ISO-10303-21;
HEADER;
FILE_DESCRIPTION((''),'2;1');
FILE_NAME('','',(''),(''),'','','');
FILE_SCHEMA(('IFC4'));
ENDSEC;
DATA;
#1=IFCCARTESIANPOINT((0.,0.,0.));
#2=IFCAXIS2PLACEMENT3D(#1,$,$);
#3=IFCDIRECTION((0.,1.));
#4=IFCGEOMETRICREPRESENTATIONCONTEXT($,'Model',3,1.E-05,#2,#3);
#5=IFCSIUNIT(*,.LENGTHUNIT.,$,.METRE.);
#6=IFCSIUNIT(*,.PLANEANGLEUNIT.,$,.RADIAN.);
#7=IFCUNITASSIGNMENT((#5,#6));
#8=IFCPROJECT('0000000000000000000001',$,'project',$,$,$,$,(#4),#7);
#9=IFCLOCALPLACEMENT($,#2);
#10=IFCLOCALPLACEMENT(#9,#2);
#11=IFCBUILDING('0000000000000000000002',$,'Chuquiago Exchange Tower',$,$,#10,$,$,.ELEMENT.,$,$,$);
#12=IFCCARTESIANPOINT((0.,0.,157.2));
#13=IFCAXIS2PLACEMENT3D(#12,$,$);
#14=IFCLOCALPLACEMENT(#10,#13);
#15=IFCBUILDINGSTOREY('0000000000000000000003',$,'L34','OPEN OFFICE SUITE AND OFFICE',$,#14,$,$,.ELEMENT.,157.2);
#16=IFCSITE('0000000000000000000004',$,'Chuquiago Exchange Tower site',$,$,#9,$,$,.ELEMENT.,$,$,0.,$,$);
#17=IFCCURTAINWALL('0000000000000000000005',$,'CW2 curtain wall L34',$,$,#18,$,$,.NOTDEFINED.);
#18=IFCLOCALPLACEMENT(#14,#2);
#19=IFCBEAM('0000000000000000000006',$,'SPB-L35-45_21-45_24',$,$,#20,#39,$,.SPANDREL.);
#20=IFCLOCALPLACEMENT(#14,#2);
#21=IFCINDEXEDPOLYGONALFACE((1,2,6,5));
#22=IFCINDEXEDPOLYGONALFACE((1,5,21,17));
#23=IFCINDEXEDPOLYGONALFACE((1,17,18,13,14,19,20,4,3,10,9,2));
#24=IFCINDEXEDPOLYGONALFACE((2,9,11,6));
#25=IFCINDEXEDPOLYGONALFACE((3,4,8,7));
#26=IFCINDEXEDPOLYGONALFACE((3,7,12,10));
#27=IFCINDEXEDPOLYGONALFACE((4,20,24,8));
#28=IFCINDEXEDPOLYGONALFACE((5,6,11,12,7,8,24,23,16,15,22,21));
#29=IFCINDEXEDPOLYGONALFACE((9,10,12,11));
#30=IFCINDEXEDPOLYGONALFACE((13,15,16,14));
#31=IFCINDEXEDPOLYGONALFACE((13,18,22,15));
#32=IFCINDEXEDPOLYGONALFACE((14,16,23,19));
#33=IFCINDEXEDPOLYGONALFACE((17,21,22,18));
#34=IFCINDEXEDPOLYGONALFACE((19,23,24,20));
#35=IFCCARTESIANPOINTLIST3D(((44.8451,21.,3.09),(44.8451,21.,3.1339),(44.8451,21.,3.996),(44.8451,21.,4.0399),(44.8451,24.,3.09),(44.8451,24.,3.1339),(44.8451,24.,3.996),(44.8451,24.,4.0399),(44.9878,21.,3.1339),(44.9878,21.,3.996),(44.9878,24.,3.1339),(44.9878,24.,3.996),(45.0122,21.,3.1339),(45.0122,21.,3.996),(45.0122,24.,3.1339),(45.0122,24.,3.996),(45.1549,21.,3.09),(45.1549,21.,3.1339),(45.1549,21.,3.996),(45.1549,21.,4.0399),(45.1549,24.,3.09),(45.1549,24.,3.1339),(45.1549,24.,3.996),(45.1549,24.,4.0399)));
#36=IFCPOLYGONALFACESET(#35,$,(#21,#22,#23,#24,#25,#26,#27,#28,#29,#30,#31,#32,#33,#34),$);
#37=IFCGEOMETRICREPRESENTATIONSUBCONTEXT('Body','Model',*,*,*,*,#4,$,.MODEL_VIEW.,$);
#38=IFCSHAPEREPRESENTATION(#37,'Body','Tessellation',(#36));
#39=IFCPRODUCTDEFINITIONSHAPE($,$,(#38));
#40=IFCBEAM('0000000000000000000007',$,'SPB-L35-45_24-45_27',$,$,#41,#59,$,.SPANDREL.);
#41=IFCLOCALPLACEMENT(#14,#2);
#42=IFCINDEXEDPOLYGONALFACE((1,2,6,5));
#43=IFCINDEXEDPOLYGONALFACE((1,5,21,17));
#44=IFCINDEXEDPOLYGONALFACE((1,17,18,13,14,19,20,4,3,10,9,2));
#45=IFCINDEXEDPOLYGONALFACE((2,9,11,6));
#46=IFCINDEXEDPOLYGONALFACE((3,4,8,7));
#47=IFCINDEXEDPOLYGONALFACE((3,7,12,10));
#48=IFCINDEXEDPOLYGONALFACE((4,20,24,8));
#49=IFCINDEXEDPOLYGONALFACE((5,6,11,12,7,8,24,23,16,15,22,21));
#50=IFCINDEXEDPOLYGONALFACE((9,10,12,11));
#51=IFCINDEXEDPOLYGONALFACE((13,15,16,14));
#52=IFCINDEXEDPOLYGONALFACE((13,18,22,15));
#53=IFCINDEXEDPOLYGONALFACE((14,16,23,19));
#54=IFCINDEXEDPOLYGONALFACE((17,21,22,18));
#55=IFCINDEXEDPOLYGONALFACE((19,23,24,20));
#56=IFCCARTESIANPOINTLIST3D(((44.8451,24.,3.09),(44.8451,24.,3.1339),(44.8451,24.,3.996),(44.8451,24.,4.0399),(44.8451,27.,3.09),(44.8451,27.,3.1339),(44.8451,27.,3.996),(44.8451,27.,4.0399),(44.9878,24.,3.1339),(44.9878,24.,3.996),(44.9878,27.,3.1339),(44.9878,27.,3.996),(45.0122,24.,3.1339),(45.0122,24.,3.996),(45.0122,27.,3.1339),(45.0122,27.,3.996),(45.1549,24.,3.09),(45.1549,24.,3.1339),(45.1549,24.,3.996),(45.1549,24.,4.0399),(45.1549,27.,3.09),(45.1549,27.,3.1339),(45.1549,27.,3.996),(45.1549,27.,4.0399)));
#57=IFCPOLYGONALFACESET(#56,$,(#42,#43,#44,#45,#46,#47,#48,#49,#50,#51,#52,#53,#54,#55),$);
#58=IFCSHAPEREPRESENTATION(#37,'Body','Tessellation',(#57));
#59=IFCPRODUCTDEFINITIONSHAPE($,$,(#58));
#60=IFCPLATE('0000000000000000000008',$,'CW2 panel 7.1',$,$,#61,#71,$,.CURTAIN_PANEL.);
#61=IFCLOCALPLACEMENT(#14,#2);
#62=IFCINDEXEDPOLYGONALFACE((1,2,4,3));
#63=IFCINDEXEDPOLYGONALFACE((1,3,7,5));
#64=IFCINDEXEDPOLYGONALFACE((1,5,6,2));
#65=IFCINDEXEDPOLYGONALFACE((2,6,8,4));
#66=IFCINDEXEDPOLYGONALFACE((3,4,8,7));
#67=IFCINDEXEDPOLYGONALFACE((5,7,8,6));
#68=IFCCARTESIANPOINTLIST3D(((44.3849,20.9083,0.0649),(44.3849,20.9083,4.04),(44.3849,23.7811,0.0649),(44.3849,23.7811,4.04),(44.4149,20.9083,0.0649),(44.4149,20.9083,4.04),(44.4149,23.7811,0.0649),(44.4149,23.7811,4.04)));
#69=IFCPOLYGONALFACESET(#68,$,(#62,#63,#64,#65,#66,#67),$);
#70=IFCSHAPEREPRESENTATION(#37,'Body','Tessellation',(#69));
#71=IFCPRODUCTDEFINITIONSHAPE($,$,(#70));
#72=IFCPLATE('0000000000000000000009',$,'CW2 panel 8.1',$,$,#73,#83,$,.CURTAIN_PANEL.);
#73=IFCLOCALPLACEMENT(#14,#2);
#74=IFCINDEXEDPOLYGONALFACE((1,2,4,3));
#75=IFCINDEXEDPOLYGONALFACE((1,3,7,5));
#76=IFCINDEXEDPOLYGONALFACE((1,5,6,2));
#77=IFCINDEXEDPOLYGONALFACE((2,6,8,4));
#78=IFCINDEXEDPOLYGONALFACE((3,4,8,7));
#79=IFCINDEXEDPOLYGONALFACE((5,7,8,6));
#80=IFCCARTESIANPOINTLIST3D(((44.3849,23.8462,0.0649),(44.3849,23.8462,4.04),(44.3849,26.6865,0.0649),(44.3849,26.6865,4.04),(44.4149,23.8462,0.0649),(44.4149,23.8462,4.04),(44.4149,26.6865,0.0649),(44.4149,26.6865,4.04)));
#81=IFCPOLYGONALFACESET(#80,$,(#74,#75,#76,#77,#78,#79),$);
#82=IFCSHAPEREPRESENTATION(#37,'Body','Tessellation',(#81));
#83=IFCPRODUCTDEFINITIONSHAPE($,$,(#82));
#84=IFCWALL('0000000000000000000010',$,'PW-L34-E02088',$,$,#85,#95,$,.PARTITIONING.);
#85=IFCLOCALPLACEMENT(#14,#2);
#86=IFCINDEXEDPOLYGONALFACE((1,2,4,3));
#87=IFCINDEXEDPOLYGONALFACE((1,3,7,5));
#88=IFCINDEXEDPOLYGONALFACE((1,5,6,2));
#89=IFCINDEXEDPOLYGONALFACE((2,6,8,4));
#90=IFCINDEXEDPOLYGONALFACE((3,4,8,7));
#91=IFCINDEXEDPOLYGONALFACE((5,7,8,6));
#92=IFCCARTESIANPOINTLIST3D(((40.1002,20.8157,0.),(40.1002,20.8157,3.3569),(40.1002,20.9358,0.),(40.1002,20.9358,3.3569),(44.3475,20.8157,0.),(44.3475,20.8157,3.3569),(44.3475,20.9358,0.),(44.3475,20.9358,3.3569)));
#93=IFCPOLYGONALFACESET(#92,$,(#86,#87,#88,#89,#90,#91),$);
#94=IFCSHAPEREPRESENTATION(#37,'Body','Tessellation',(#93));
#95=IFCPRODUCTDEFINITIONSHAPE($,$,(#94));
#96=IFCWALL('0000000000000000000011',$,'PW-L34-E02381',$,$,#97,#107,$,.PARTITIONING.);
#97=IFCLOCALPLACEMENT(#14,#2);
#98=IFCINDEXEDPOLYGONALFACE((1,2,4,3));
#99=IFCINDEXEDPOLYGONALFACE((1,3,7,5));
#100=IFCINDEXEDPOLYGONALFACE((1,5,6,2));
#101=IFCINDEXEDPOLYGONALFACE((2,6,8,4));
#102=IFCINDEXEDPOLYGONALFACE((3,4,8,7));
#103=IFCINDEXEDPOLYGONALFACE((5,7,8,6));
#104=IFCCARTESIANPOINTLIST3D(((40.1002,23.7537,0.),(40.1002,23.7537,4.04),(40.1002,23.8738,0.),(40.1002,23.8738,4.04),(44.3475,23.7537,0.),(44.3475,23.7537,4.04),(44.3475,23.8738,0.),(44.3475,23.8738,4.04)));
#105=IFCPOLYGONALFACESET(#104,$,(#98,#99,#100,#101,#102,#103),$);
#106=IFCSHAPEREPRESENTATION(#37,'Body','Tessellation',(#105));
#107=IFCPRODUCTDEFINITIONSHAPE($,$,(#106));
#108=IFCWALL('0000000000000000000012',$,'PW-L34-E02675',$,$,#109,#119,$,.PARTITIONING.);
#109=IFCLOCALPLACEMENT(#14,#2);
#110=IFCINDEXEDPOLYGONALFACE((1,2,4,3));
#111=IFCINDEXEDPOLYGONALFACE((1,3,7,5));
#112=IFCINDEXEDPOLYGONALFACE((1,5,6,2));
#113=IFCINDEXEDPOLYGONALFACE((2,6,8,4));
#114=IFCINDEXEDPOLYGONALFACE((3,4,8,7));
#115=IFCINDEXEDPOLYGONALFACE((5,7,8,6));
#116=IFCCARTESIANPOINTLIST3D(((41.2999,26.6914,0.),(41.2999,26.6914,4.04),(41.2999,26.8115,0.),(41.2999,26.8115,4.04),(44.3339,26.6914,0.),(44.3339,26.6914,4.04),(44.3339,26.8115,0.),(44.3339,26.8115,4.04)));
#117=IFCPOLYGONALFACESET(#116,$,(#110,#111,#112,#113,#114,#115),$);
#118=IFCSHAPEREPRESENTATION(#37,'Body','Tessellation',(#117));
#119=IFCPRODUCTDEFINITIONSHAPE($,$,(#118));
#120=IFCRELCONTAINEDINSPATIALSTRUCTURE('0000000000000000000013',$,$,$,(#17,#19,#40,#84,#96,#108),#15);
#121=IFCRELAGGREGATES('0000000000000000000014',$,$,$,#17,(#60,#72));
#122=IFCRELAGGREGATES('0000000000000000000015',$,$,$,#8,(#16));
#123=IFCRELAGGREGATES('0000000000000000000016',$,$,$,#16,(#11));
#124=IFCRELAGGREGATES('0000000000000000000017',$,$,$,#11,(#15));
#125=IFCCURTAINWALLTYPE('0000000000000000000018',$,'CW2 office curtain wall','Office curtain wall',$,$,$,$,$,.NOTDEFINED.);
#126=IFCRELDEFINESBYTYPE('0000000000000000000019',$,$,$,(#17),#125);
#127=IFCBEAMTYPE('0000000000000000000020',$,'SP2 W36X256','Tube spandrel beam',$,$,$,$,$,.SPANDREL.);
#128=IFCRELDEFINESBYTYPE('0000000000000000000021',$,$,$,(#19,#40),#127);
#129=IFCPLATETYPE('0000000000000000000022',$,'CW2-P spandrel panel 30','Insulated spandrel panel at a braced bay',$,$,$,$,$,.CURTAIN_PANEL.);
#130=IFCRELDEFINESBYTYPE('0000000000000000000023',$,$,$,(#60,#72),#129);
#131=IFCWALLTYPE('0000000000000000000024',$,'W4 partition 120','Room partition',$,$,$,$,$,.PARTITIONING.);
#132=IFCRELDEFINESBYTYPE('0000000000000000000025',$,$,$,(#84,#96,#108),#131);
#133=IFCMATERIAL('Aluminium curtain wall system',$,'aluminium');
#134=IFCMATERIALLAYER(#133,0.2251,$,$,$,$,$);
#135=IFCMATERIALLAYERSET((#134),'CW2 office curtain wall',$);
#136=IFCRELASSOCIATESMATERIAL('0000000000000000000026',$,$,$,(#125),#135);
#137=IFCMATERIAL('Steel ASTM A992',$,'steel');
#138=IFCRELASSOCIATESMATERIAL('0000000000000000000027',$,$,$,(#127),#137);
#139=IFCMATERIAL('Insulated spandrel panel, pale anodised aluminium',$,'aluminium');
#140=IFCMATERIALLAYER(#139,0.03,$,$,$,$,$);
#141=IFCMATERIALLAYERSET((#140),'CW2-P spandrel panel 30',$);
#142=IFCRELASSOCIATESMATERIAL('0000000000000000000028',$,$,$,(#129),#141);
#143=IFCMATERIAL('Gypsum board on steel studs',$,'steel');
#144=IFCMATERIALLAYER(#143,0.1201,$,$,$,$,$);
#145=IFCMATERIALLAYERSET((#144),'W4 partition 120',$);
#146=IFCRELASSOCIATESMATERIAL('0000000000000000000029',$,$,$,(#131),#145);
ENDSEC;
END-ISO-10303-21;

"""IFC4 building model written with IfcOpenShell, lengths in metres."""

from ifc_helpers import new_model, si_unit, direction, frame, frame_2d, origin, origin_2d, place, context, subcontext, project, spatial, rectangle, i_section, extrude, material, layer, layer_set, material_profile, profile_set, type_object, element, aggregate, save


model = new_model("IFC4")

# Units and contexts
model_context = context("Model", 3, precision=1e-05, world=origin(), true_north=direction((0.0, 1.0)))
body_context = subcontext(model_context, "Body", "Model", "MODEL_VIEW")
ifc_project = project(units=[si_unit("LENGTHUNIT", "METRE"), si_unit("PLANEANGLEUNIT", "RADIAN")], contexts=[model_context])

# Site, building, storey
site_placement = place(None, origin())
site = spatial("IfcSite", under=ifc_project, at=site_placement, Name="Chuquiago Exchange Tower site", CompositionType="ELEMENT", RefElevation=0.0)
building_placement = place(site_placement, origin())
building = spatial("IfcBuilding", under=site, at=building_placement, Name="Chuquiago Exchange Tower", CompositionType="ELEMENT")
storey_placement = place(building_placement, frame((0.0, 0.0, 157.2)))
storey = spatial("IfcBuildingStorey", under=building, at=storey_placement, Name="L34", Description="OPEN OFFICE SUITE AND OFFICE", CompositionType="ELEMENT", Elevation=157.2)

# Curtain wall
ifc_material_1 = material(Name="Aluminium curtain wall system", Category="aluminium")
ifc_layer_1 = layer(ifc_material_1, 0.2251)
ifc_layer_set_1 = layer_set([ifc_layer_1], Name="CW2 office curtain wall")
curtain_wall_type_1 = type_object("IfcCurtainWallType", Name="CW2 office curtain wall", Description="Office curtain wall", PredefinedType="NOTDEFINED", material=ifc_layer_set_1)
curtain_wall_1_placement = place(storey_placement, origin())
curtain_wall_1 = element("IfcCurtainWall", 1, at=curtain_wall_1_placement, inside=storey, type_object=curtain_wall_type_1, Name="CW2 curtain wall L34", PredefinedType="NOTDEFINED")

# Beams
ifc_material_2 = material(Name="Steel ASTM A992", Category="steel")
ifc_material_profile_1 = material_profile(ifc_material_2, i_section(OverallWidth=0.3098, OverallDepth=0.95, WebThickness=0.0244, FlangeThickness=0.0439, at=origin_2d()), Name="W36X256")
ifc_profile_set_1 = profile_set([ifc_material_profile_1], Name="Steel ASTM A992")
beam_type = type_object("IfcBeamType", Name="SP2 W36X256", Description="Tube spandrel beam", PredefinedType="SPANDREL", material=ifc_profile_set_1)
for number, where, z_axis, x_axis, name in (
    (2, (45.0, 21.0, 3.5649), (0.0, 1.0, 0.0), (-1.0, 0.0, 0.0), "SPB-L35-45_21-45_24"),
    (3, (45.0, 24.0, 3.5649), (0.0, 1.0, 0.0), (-1.0, 0.0, 0.0), "SPB-L35-45_24-45_27"),
):
    element("IfcBeam", number, at=place(storey_placement, frame(where, z_axis=z_axis, x_axis=x_axis)), inside=storey, type_object=beam_type, Name=name, PredefinedType="SPANDREL", context=body_context, shape_type="SweptSolid", body=[
        extrude(i_section(OverallWidth=0.3098, OverallDepth=0.95, WebThickness=0.0244, FlangeThickness=0.0439, at=origin_2d()), origin(), (0.0, 0.0, 1.0), 3.0),
    ])

# Plates
ifc_material_3 = material(Name="Insulated spandrel panel, pale anodised aluminium", Category="aluminium")
ifc_layer_2 = layer(ifc_material_3, 0.03)
ifc_layer_set_2 = layer_set([ifc_layer_2], Name="CW2-P spandrel panel 30")
plate_type = type_object("IfcPlateType", Name="CW2-P spandrel panel 30", Description="Insulated spandrel panel at a braced bay", PredefinedType="CURTAIN_PANEL", material=ifc_layer_set_2)
plate_1_placement = place(storey_placement, frame((44.3999, 22.3447, 0.0649), z_axis=(0.0, 0.0, 1.0), x_axis=(0.0, 1.0, 0.0)))
plate_1 = element("IfcPlate", 4, at=plate_1_placement, type_object=plate_type, Name="CW2 panel 7.1", PredefinedType="CURTAIN_PANEL", context=body_context, shape_type="SweptSolid", body=[
    extrude(rectangle(XDim=2.8728, YDim=0.03, at=origin_2d()), origin(), (0.0, 0.0, 1.0), 3.9751),
])
plate_2_placement = place(storey_placement, frame((44.3999, 25.2664, 0.0649), z_axis=(0.0, 0.0, 1.0), x_axis=(0.0, 1.0, 0.0)))
plate_2 = element("IfcPlate", 5, at=plate_2_placement, type_object=plate_type, Name="CW2 panel 8.1", PredefinedType="CURTAIN_PANEL", context=body_context, shape_type="SweptSolid", body=[
    extrude(rectangle(XDim=2.8403, YDim=0.03, at=origin_2d()), origin(), (0.0, 0.0, 1.0), 3.9751),
])
aggregate(curtain_wall_1, [plate_1, plate_2])

# Walls
ifc_material_4 = material(Name="Gypsum board on steel studs", Category="steel")
ifc_layer_3 = layer(ifc_material_4, 0.1201)
ifc_layer_set_3 = layer_set([ifc_layer_3], Name="W4 partition 120")
wall_type = type_object("IfcWallType", Name="W4 partition 120", Description="Room partition", PredefinedType="PARTITIONING", material=ifc_layer_set_3)
wall_1_placement = place(storey_placement, frame((44.3474, 20.8757, 0.0), z_axis=(0.0, 0.0, 1.0), x_axis=(-1.0, 0.0, 0.0)))
element("IfcWall", 6, at=wall_1_placement, inside=storey, type_object=wall_type, Name="PW-L34-E02088", PredefinedType="PARTITIONING", context=body_context, shape_type="SweptSolid", body=[
    extrude(rectangle(XDim=4.2473, YDim=0.1201, at=frame_2d((2.1235, 0.0))), origin(), (0.0, 0.0, 1.0), 3.3569),
])
wall_2_placement = place(storey_placement, frame((44.3474, 23.8137, 0.0), z_axis=(0.0, 0.0, 1.0), x_axis=(-1.0, 0.0, 0.0)))
element("IfcWall", 7, at=wall_2_placement, inside=storey, type_object=wall_type, Name="PW-L34-E02381", PredefinedType="PARTITIONING", context=body_context, shape_type="SweptSolid", body=[
    extrude(rectangle(XDim=4.2473, YDim=0.1201, at=frame_2d((2.1235, 0.0))), origin(), (0.0, 0.0, 1.0), 4.04),
])
wall_3_placement = place(storey_placement, frame((44.334, 26.7515, 0.0), z_axis=(0.0, 0.0, 1.0), x_axis=(-1.0, 0.0, 0.0)))
element("IfcWall", 8, at=wall_3_placement, inside=storey, type_object=wall_type, Name="PW-L34-E02675", PredefinedType="PARTITIONING", context=body_context, shape_type="SweptSolid", body=[
    extrude(rectangle(XDim=3.0339, YDim=0.1201, at=frame_2d((1.5171, 0.0))), origin(), (0.0, 0.0, 1.0), 4.04),
])

save(model, "model.ifc")
